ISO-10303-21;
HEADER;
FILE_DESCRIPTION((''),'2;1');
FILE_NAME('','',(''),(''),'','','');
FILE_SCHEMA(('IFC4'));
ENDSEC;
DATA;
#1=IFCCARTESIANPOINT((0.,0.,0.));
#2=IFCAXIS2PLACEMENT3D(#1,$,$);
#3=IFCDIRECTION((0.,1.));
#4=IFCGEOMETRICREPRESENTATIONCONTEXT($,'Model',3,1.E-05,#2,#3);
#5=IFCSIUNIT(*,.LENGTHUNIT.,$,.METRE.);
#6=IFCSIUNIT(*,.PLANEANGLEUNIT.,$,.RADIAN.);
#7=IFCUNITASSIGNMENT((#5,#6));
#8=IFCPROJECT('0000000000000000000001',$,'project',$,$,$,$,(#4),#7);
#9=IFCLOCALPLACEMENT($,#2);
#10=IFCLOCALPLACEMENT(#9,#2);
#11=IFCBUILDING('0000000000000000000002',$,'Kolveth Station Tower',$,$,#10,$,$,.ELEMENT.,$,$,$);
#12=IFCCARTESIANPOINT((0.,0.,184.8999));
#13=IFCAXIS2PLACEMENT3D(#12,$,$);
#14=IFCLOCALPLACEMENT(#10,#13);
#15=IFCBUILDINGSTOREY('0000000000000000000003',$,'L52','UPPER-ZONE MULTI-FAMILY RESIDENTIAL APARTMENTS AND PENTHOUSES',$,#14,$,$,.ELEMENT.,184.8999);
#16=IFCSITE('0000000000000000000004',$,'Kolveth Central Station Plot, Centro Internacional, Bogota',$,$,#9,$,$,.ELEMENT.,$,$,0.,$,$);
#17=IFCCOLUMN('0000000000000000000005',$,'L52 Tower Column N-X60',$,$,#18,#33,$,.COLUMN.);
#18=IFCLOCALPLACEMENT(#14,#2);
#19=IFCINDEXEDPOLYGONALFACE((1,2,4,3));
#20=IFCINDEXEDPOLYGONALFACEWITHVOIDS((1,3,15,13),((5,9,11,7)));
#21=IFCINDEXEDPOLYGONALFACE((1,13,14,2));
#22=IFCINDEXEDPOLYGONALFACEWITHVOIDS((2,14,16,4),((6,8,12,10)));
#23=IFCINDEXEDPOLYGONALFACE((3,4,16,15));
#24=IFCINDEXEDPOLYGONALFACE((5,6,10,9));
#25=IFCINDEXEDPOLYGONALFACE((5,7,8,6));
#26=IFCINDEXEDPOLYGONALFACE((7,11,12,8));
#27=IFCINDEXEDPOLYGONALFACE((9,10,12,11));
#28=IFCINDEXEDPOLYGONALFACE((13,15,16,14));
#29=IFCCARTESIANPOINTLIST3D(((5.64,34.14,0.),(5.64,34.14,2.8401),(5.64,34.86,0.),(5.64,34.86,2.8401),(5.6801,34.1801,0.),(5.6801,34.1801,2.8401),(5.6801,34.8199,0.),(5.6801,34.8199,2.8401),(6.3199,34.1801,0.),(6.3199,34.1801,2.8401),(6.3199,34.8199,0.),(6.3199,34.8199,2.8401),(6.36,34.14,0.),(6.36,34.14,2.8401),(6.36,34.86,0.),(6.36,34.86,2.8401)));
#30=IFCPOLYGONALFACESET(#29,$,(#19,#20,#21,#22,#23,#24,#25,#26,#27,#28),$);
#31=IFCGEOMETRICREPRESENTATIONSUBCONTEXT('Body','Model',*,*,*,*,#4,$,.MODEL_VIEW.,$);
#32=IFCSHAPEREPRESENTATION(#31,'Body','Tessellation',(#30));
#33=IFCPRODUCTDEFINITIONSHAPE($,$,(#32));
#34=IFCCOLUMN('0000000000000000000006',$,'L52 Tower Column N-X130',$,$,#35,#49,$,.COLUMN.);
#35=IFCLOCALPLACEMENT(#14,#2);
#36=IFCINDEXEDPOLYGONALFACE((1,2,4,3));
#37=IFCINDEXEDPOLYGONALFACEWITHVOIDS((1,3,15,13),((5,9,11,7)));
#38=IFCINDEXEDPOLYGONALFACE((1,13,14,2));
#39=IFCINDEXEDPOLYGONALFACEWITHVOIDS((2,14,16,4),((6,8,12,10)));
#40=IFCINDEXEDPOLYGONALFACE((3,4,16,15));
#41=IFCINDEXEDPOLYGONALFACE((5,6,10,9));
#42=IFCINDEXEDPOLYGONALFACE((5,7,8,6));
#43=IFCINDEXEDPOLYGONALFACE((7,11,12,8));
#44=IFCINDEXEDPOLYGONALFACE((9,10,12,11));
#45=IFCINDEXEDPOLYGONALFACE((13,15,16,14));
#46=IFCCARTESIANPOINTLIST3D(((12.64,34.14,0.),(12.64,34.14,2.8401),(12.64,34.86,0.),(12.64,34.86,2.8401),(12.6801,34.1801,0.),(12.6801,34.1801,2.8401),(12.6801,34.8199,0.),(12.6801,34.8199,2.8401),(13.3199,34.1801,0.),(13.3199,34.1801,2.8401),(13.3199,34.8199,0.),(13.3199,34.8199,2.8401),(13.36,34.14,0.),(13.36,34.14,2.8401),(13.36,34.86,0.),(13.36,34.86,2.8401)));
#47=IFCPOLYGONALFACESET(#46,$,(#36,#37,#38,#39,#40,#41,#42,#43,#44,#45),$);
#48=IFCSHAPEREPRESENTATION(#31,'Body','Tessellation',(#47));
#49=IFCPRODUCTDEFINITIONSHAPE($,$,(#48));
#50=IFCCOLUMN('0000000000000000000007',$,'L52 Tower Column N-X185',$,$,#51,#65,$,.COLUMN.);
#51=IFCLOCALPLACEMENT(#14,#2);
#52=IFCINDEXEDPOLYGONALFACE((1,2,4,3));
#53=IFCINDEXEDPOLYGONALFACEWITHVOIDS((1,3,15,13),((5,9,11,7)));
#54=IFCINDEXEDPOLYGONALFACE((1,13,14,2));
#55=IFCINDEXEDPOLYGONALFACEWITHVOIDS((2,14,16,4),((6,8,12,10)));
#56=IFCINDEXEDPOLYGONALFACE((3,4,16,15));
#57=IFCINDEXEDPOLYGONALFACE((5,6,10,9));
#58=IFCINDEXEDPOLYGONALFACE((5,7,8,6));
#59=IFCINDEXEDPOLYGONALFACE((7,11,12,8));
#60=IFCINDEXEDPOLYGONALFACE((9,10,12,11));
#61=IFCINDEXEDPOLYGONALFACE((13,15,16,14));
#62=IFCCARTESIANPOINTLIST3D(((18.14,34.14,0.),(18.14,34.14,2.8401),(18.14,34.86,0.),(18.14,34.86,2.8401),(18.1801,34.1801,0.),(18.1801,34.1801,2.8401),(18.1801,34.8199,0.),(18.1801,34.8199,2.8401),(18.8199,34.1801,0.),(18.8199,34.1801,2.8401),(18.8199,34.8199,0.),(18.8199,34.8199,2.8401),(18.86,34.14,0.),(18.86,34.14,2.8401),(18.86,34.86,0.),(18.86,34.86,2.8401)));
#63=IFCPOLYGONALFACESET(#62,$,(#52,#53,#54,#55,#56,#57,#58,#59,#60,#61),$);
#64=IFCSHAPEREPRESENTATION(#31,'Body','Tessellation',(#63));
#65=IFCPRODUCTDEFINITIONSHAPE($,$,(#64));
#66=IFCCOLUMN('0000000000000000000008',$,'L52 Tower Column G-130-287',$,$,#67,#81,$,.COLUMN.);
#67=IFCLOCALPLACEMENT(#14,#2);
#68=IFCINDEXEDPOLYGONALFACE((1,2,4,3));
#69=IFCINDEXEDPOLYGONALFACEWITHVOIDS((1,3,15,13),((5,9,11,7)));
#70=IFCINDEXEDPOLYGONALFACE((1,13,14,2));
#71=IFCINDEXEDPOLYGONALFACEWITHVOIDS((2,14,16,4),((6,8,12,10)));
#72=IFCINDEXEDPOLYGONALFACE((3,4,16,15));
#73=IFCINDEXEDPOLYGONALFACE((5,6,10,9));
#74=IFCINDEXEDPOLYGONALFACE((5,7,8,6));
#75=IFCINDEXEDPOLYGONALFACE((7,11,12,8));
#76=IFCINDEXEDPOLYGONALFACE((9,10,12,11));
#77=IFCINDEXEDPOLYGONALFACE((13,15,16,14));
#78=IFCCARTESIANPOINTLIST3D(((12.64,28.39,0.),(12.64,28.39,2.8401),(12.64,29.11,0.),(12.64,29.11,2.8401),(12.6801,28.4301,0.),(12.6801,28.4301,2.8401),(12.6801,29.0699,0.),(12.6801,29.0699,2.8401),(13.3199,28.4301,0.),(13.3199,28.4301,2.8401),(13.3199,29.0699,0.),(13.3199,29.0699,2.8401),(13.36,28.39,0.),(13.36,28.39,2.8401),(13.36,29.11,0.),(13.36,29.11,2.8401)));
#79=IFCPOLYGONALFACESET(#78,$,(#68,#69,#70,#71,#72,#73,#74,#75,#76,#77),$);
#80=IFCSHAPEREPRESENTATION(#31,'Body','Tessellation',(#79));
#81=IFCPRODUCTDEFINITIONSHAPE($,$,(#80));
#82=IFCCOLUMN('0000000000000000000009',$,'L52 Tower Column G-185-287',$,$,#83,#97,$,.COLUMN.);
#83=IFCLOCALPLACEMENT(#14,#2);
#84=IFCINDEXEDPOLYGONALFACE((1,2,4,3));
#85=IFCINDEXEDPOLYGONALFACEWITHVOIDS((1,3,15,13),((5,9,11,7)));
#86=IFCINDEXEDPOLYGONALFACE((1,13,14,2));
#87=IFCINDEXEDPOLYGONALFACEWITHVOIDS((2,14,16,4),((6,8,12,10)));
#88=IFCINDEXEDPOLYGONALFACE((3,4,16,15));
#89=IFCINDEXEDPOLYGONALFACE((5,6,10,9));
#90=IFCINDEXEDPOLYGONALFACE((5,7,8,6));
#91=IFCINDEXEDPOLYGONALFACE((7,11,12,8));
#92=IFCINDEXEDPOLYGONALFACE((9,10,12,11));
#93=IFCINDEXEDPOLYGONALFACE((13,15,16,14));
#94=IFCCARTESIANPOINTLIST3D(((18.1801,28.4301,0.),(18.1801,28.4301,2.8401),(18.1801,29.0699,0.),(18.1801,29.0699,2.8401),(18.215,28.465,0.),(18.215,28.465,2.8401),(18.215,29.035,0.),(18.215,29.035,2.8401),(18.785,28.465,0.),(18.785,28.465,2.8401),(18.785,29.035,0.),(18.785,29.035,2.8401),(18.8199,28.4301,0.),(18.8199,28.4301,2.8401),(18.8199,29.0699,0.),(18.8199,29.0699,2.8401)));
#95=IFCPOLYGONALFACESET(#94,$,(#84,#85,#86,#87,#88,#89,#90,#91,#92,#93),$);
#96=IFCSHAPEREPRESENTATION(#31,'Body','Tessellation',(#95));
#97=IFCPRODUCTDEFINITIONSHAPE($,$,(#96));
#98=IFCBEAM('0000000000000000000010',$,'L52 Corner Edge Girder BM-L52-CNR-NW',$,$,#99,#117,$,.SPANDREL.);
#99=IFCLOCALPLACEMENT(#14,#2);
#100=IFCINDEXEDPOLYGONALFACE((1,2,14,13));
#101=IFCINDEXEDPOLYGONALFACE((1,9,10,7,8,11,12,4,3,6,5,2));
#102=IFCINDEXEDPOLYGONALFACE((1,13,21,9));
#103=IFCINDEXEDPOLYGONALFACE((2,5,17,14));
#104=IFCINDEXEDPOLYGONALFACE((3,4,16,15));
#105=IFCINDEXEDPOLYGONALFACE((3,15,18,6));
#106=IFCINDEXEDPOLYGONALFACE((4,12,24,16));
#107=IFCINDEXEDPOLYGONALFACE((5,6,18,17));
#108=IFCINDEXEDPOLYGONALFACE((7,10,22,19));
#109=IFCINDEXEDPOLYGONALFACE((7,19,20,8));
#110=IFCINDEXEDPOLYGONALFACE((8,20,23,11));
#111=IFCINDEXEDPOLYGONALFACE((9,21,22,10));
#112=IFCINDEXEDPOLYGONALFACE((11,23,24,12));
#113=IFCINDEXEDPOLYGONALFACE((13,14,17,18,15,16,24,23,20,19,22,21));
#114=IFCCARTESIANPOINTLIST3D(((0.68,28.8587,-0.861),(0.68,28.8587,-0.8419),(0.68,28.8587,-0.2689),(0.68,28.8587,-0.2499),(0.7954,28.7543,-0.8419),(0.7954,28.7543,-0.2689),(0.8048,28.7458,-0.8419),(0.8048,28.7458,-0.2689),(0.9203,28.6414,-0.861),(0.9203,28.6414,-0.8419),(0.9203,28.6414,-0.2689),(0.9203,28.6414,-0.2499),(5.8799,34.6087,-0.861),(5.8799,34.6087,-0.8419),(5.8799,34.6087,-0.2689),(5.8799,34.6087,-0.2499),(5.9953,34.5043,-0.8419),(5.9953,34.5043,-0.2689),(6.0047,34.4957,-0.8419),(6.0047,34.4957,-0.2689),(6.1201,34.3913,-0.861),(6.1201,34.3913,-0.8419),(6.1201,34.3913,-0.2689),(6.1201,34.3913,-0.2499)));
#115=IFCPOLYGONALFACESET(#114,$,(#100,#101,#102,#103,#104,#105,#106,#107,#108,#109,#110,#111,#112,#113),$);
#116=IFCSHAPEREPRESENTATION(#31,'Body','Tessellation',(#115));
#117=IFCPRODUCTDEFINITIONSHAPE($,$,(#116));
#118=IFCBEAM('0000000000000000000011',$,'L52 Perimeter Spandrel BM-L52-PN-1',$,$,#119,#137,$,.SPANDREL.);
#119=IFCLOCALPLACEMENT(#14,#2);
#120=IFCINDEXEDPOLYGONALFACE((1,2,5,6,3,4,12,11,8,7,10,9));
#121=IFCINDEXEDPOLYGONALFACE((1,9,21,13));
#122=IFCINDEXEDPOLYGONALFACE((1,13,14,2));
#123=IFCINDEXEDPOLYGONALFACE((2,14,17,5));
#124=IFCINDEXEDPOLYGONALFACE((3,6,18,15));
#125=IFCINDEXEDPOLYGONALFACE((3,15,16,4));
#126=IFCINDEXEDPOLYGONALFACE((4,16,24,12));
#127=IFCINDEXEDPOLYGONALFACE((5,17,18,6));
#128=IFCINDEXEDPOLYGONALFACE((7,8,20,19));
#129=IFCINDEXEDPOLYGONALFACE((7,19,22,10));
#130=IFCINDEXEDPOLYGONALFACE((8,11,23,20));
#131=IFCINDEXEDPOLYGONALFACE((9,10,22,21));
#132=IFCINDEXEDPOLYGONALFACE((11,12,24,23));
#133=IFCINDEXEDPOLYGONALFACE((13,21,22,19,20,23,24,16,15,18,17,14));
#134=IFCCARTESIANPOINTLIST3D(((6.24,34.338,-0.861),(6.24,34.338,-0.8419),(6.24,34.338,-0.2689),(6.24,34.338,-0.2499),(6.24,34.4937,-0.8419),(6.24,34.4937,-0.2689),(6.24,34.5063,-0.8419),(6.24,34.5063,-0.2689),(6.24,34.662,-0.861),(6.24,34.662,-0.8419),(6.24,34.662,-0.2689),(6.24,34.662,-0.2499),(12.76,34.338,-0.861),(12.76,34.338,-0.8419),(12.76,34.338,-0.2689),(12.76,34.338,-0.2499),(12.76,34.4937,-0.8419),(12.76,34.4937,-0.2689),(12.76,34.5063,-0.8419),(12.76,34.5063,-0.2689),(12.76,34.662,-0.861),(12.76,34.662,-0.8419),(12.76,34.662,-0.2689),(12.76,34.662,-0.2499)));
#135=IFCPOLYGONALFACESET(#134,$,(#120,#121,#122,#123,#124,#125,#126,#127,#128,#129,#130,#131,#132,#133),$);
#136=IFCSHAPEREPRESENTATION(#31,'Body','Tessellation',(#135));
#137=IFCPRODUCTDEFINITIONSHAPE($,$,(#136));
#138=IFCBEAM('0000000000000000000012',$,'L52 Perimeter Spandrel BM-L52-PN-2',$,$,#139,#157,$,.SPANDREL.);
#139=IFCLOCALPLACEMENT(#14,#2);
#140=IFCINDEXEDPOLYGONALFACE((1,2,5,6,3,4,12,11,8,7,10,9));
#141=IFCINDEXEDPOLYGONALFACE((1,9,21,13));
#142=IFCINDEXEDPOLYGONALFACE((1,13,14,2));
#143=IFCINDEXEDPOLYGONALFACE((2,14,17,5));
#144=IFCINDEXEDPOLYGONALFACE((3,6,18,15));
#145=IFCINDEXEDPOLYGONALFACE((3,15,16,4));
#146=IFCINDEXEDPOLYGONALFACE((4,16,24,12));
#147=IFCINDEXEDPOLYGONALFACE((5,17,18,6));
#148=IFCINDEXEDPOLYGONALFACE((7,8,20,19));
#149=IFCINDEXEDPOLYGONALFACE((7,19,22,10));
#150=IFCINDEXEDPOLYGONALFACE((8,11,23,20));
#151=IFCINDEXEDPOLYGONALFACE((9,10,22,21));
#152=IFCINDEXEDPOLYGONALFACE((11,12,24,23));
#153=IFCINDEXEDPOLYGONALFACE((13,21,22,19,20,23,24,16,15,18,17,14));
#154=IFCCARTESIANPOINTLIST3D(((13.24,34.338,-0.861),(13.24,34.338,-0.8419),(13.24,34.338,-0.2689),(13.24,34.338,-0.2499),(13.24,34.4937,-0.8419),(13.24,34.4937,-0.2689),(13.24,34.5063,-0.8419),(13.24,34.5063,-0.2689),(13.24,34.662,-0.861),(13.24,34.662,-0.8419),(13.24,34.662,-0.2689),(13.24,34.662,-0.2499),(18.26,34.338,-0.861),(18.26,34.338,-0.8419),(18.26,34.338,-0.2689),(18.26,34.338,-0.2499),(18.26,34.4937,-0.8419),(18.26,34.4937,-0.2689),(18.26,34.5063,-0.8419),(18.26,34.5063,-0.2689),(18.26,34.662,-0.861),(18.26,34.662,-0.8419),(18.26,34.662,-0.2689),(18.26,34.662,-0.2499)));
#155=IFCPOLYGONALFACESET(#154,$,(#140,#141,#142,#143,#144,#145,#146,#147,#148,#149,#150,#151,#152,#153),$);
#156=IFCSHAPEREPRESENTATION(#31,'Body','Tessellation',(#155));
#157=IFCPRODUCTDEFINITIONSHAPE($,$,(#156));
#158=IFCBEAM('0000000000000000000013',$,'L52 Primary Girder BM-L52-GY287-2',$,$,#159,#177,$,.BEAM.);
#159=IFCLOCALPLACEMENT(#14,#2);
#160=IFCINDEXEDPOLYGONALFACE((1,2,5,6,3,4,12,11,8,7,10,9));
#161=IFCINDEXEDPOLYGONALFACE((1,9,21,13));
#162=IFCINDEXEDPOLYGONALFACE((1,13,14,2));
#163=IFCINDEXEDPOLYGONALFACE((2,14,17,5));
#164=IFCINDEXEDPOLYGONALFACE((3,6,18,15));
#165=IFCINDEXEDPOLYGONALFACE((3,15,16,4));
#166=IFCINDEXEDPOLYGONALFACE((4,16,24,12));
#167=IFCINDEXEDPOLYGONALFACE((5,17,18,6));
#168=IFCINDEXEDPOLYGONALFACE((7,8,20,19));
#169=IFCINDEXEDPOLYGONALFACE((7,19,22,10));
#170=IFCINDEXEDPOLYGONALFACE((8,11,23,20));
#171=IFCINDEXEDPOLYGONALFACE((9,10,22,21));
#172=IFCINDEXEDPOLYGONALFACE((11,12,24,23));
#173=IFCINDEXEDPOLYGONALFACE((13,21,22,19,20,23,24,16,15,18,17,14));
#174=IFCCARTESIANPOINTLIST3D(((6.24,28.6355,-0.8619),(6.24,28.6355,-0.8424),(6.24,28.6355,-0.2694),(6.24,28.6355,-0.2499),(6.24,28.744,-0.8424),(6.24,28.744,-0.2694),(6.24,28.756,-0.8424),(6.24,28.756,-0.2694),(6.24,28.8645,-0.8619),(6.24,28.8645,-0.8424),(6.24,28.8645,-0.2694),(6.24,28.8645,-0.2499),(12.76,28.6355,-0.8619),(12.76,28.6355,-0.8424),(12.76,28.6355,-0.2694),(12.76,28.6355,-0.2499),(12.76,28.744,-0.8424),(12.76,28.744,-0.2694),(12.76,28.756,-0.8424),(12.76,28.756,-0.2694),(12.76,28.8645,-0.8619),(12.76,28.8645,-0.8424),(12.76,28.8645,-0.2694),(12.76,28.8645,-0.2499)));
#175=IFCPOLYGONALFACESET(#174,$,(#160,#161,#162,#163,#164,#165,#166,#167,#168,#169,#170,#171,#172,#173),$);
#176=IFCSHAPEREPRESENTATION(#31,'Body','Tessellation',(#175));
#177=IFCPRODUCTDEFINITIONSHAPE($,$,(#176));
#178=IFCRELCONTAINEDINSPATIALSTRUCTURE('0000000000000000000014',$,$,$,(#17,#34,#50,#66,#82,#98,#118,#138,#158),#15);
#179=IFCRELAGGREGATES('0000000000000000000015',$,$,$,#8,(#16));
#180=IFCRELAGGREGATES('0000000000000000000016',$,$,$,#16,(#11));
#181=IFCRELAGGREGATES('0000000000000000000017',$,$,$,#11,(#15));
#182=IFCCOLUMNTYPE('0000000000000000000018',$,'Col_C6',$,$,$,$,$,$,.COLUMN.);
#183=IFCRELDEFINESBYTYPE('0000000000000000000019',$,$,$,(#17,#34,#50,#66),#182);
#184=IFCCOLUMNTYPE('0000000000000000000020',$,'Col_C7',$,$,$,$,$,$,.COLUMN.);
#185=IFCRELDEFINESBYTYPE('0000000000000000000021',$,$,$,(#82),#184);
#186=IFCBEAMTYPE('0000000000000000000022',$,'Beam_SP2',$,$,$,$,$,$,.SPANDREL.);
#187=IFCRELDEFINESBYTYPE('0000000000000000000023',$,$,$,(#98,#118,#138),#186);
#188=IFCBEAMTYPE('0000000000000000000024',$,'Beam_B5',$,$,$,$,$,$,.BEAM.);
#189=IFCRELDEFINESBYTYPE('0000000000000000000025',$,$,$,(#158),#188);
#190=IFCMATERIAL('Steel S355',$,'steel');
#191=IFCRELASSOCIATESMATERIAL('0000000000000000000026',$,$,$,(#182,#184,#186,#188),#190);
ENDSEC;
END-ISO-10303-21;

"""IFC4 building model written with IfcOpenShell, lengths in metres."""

from ifc_helpers import new_model, si_unit, direction, frame, origin, origin_2d, place, context, subcontext, project, spatial, hollow_rectangle, i_section, extrude, source, transform, mapped, material, material_profile, profile_set, type_object, element, save


model = new_model("IFC4")

# Units and contexts
model_context = context("Model", 3, precision=1e-05, world=origin(), true_north=direction((0.0, 1.0)))
body_context = subcontext(model_context, "Body", "Model", "MODEL_VIEW")
ifc_project = project(units=[si_unit("LENGTHUNIT", "METRE"), si_unit("PLANEANGLEUNIT", "RADIAN")], contexts=[model_context])

# Site, building, storey
site_placement = place(None, origin())
site = spatial("IfcSite", under=ifc_project, at=site_placement, Name="Kolveth Central Station Plot, Centro Internacional, Bogota", CompositionType="ELEMENT", RefElevation=0.0)
building_placement = place(site_placement, origin())
building = spatial("IfcBuilding", under=site, at=building_placement, Name="Kolveth Station Tower", CompositionType="ELEMENT")
storey_placement = place(building_placement, frame((0.0, 0.0, 184.8999)))
storey = spatial("IfcBuildingStorey", under=building, at=storey_placement, Name="L52", Description="UPPER-ZONE MULTI-FAMILY RESIDENTIAL APARTMENTS AND PENTHOUSES", CompositionType="ELEMENT", Elevation=184.8999)

# Columns
ifc_material_1 = material(Name="Steel S355", Category="steel")
ifc_material_profile_1 = material_profile(ifc_material_1, hollow_rectangle(XDim=0.72, YDim=0.72, WallThickness=0.04, at=origin_2d()), Name="BOX720x720x40")
ifc_profile_set_1 = profile_set([ifc_material_profile_1], Name="Steel S355")
column_type_1 = type_object("IfcColumnType", Name="Col_C6", PredefinedType="COLUMN", material=ifc_profile_set_1)
shared_shape_1 = source(origin(), body_context, "Body", "SweptSolid", [
    extrude(hollow_rectangle(XDim=0.72, YDim=0.72, WallThickness=0.04, at=origin_2d()), origin(), (0.0, 0.0, 1.0), 2.8401),
])
for number, where, z_axis, x_axis, name in (
    (1, (6.0, 34.5, 0.0), (0.0, 0.0, 1.0), (1.0, 0.0, 0.0), "L52 Tower Column N-X60"),
    (2, (13.0, 34.5, 0.0), (0.0, 0.0, 1.0), (1.0, 0.0, 0.0), "L52 Tower Column N-X130"),
    (3, (18.5, 34.5, 0.0), (0.0, 0.0, 1.0), (1.0, 0.0, 0.0), "L52 Tower Column N-X185"),
    (4, (13.0, 28.75, 0.0), (0.0, 0.0, 1.0), (1.0, 0.0, 0.0), "L52 Tower Column G-130-287"),
):
    element("IfcColumn", number, at=place(storey_placement, frame(where, z_axis=z_axis, x_axis=x_axis)), inside=storey, type_object=column_type_1, Name=name, PredefinedType="COLUMN", context=body_context, shape_type="MappedRepresentation", body=[
        mapped(shared_shape_1, transform((0.0, 0.0, 0.0), x_axis=(1.0, 0.0, 0.0), y_axis=(0.0, 1.0, 0.0), z_axis=(0.0, 0.0, 1.0), scale=1.0)),
    ])
ifc_material_profile_2 = material_profile(ifc_material_1, hollow_rectangle(XDim=0.6399, YDim=0.6399, WallThickness=0.0349, at=origin_2d()), Name="BOX640x640x35")
ifc_profile_set_2 = profile_set([ifc_material_profile_2], Name="Steel S355")
column_type_2 = type_object("IfcColumnType", Name="Col_C7", PredefinedType="COLUMN", material=ifc_profile_set_2)
shared_shape_2 = source(origin(), body_context, "Body", "SweptSolid", [
    extrude(hollow_rectangle(XDim=0.6399, YDim=0.6399, WallThickness=0.0349, at=origin_2d()), origin(), (0.0, 0.0, 1.0), 2.8401),
])
column_placement = place(storey_placement, frame((18.5, 28.75, 0.0), z_axis=(0.0, 0.0, 1.0), x_axis=(1.0, 0.0, 0.0)))
element("IfcColumn", 5, at=column_placement, inside=storey, type_object=column_type_2, Name="L52 Tower Column G-185-287", PredefinedType="COLUMN", context=body_context, shape_type="MappedRepresentation", body=[
    mapped(shared_shape_2, transform((0.0, 0.0, 0.0), x_axis=(1.0, 0.0, 0.0), y_axis=(0.0, 1.0, 0.0), z_axis=(0.0, 0.0, 1.0), scale=1.0)),
])

# Beams
ifc_material_profile_3 = material_profile(ifc_material_1, i_section(OverallWidth=0.324, OverallDepth=0.6111, WebThickness=0.0127, FlangeThickness=0.019, at=origin_2d()), Name="W610x155")
ifc_profile_set_3 = profile_set([ifc_material_profile_3], Name="Steel S355")
beam_type_1 = type_object("IfcBeamType", Name="Beam_SP2", PredefinedType="SPANDREL", material=ifc_profile_set_3)
shared_shape_3 = source(origin(), body_context, "Body", "SweptSolid", [
    extrude(i_section(OverallWidth=0.324, OverallDepth=0.6111, WebThickness=0.0127, FlangeThickness=0.019, at=origin_2d()), origin(), (0.0, 0.0, 1.0), 7.7524),
])
beam_1_placement = place(storey_placement, frame((6.0, 34.5, -0.5554), z_axis=(-0.670741, -0.741692, 0.0), x_axis=(0.741692, -0.670741, 0.0)))
element("IfcBeam", 6, at=beam_1_placement, inside=storey, type_object=beam_type_1, Name="L52 Corner Edge Girder BM-L52-CNR-NW", PredefinedType="SPANDREL", context=body_context, shape_type="MappedRepresentation", body=[
    mapped(shared_shape_3, transform((0.0, 0.0, 0.0), x_axis=(1.0, 0.0, 0.0), y_axis=(0.0, 1.0, 0.0), z_axis=(0.0, 0.0, 1.0), scale=1.0)),
])
shared_shape_4 = source(origin(), body_context, "Body", "SweptSolid", [
    extrude(i_section(OverallWidth=0.324, OverallDepth=0.6111, WebThickness=0.0127, FlangeThickness=0.019, at=origin_2d()), origin(), (0.0, 0.0, 1.0), 6.52),
])
beam_2_placement = place(storey_placement, frame((6.24, 34.5, -0.5554), z_axis=(1.0, 0.0, 0.0), x_axis=(0.0, 1.0, 0.0)))
element("IfcBeam", 7, at=beam_2_placement, inside=storey, type_object=beam_type_1, Name="L52 Perimeter Spandrel BM-L52-PN-1", PredefinedType="SPANDREL", context=body_context, shape_type="MappedRepresentation", body=[
    mapped(shared_shape_4, transform((0.0, 0.0, 0.0), x_axis=(1.0, 0.0, 0.0), y_axis=(0.0, 1.0, 0.0), z_axis=(0.0, 0.0, 1.0), scale=1.0)),
])
shared_shape_5 = source(origin(), body_context, "Body", "SweptSolid", [
    extrude(i_section(OverallWidth=0.324, OverallDepth=0.6111, WebThickness=0.0127, FlangeThickness=0.019, at=origin_2d()), origin(), (0.0, 0.0, 1.0), 5.02),
])
beam_3_placement = place(storey_placement, frame((13.24, 34.5, -0.5554), z_axis=(1.0, 0.0, 0.0), x_axis=(0.0, 1.0, 0.0)))
element("IfcBeam", 8, at=beam_3_placement, inside=storey, type_object=beam_type_1, Name="L52 Perimeter Spandrel BM-L52-PN-2", PredefinedType="SPANDREL", context=body_context, shape_type="MappedRepresentation", body=[
    mapped(shared_shape_5, transform((0.0, 0.0, 0.0), x_axis=(1.0, 0.0, 0.0), y_axis=(0.0, 1.0, 0.0), z_axis=(0.0, 0.0, 1.0), scale=1.0)),
])
ifc_material_profile_4 = material_profile(ifc_material_1, i_section(OverallWidth=0.229, OverallDepth=0.6121, WebThickness=0.012, FlangeThickness=0.0195, at=origin_2d()), Name="W610x125")
ifc_profile_set_4 = profile_set([ifc_material_profile_4], Name="Steel S355")
beam_type_2 = type_object("IfcBeamType", Name="Beam_B5", PredefinedType="BEAM", material=ifc_profile_set_4)
shared_shape_6 = source(origin(), body_context, "Body", "SweptSolid", [
    extrude(i_section(OverallWidth=0.229, OverallDepth=0.6121, WebThickness=0.012, FlangeThickness=0.0195, at=origin_2d()), origin(), (0.0, 0.0, 1.0), 6.52),
])
beam_4_placement = place(storey_placement, frame((6.24, 28.75, -0.5559), z_axis=(1.0, 0.0, 0.0), x_axis=(0.0, 1.0, 0.0)))
element("IfcBeam", 9, at=beam_4_placement, inside=storey, type_object=beam_type_2, Name="L52 Primary Girder BM-L52-GY287-2", PredefinedType="BEAM", context=body_context, shape_type="MappedRepresentation", body=[
    mapped(shared_shape_6, transform((0.0, 0.0, 0.0), x_axis=(1.0, 0.0, 0.0), y_axis=(0.0, 1.0, 0.0), z_axis=(0.0, 0.0, 1.0), scale=1.0)),
])

save(model, "model.ifc")
